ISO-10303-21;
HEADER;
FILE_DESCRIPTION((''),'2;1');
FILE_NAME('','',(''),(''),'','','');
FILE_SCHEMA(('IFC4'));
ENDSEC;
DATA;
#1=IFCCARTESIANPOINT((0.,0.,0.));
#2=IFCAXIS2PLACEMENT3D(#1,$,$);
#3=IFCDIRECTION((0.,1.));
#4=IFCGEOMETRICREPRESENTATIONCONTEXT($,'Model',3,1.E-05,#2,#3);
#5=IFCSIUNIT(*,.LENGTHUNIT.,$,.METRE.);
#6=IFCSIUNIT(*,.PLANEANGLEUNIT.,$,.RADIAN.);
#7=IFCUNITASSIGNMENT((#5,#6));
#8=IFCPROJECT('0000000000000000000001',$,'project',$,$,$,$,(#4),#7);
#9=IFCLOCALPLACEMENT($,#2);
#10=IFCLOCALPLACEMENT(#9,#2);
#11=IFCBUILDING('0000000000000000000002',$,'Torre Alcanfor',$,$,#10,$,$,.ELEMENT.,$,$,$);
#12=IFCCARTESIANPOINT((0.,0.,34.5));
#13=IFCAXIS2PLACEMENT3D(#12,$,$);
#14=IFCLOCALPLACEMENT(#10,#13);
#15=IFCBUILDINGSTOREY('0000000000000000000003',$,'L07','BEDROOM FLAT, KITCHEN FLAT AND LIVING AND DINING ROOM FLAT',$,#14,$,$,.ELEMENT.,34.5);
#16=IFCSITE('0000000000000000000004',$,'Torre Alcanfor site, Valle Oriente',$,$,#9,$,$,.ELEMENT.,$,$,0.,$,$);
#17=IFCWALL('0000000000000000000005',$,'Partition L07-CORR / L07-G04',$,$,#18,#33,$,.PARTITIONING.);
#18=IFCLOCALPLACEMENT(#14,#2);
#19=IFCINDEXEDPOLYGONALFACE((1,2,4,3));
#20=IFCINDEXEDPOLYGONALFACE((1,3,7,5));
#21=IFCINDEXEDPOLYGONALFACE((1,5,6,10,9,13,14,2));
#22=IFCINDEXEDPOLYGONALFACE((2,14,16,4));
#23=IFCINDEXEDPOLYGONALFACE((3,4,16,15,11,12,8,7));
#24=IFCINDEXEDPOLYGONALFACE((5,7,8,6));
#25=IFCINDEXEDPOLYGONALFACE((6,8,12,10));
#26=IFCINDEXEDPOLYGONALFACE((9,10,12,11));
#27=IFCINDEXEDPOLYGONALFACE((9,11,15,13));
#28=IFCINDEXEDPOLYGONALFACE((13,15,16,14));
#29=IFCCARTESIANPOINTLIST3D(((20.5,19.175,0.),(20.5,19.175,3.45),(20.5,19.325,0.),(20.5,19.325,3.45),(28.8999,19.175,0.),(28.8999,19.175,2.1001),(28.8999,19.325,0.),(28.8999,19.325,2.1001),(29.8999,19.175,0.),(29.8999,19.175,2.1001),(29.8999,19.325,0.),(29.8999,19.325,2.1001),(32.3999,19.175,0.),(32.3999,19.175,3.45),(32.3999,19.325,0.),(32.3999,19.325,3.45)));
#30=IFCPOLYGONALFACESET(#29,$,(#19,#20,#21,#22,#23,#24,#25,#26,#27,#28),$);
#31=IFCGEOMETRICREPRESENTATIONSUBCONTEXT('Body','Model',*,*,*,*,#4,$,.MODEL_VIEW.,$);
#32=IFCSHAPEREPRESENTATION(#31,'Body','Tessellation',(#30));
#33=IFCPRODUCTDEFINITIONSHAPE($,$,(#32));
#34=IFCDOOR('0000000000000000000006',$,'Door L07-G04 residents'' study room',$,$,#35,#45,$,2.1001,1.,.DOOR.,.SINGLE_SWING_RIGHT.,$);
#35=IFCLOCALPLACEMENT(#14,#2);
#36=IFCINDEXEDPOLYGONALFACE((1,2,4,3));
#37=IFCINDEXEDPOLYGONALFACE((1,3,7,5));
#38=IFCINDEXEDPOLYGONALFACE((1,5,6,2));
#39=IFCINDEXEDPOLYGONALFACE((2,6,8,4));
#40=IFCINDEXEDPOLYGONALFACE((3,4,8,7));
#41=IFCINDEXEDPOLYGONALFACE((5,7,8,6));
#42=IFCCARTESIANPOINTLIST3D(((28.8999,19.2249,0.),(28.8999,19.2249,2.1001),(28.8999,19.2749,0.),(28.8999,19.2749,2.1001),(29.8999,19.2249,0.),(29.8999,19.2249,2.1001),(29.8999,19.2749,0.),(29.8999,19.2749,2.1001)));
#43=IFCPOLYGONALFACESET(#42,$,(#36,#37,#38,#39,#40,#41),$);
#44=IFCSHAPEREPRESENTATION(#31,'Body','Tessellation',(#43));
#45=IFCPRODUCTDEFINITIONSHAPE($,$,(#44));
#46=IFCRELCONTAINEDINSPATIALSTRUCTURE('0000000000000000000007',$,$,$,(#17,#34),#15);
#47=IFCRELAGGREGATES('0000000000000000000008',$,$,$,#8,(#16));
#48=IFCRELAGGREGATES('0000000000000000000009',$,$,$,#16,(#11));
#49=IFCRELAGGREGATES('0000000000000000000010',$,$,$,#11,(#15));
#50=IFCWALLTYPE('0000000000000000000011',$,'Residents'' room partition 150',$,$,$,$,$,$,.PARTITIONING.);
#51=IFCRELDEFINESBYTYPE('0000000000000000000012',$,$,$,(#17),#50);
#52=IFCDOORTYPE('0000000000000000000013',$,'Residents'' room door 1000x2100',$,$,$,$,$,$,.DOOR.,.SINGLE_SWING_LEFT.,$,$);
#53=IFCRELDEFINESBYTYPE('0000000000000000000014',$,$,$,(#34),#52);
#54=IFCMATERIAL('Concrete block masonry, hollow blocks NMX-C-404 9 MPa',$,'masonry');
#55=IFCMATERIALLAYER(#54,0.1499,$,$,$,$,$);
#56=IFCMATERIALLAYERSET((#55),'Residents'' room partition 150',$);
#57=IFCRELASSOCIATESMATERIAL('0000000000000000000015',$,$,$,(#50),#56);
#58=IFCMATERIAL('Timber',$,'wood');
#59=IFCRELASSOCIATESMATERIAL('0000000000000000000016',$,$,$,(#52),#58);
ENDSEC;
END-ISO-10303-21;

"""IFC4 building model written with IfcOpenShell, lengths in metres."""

from ifc_helpers import new_model, si_unit, direction, frame, frame_2d, origin, place, context, subcontext, project, spatial, rectangle, extrude, material, layer, layer_set, type_object, element, fill, save


model = new_model("IFC4")

# Units and contexts
model_context = context("Model", 3, precision=1e-05, world=origin(), true_north=direction((0.0, 1.0)))
body_context = subcontext(model_context, "Body", "Model", "MODEL_VIEW")
ifc_project = project(units=[si_unit("LENGTHUNIT", "METRE"), si_unit("PLANEANGLEUNIT", "RADIAN")], contexts=[model_context])

# Site, building, storey
site_placement = place(None, origin())
site = spatial("IfcSite", under=ifc_project, at=site_placement, Name="Torre Alcanfor site, Valle Oriente", CompositionType="ELEMENT", RefElevation=0.0)
building_placement = place(site_placement, origin())
building = spatial("IfcBuilding", under=site, at=building_placement, Name="Torre Alcanfor", CompositionType="ELEMENT")
storey_placement = place(building_placement, frame((0.0, 0.0, 34.5)))
storey = spatial("IfcBuildingStorey", under=building, at=storey_placement, Name="L07", Description="BEDROOM FLAT, KITCHEN FLAT AND LIVING AND DINING ROOM FLAT", CompositionType="ELEMENT", Elevation=34.5)

# Shared definitions
ifc_material_1 = material(Name="Concrete block masonry, hollow blocks NMX-C-404 9 MPa", Category="masonry")
ifc_layer_1 = layer(ifc_material_1, 0.1499)
ifc_layer_set_1 = layer_set([ifc_layer_1], Name="Residents' room partition 150")
wall_type_1 = type_object("IfcWallType", Name="Residents' room partition 150", PredefinedType="PARTITIONING", material=ifc_layer_set_1)

# Wall, opening, door
wall_1_placement = place(storey_placement, frame((20.5, 19.25, 0.0), z_axis=(0.0, 0.0, 1.0), x_axis=(1.0, 0.0, 0.0)))
wall_1 = element("IfcWall", 1, at=wall_1_placement, inside=storey, type_object=wall_type_1, Name="Partition L07-CORR / L07-G04", PredefinedType="PARTITIONING", context=body_context, shape_type="SweptSolid", body=[
    extrude(rectangle(XDim=11.8999, YDim=0.1499, at=frame_2d((5.95, 0.0))), origin(), (0.0, 0.0, 1.0), 3.45),
])
opening_1_placement = place(wall_1_placement, frame((8.3999, 0.0, 0.0)))
opening_1 = element("IfcOpeningElement", 2, at=opening_1_placement, cuts=wall_1, PredefinedType="OPENING", context=body_context, shape_type="SweptSolid", body=[
    extrude(rectangle(XDim=1.0, YDim=2.1001, at=frame_2d((0.5, 1.05))), frame((0.0, 0.085, 0.0), z_axis=(0.0, -1.0, 0.0), x_axis=(1.0, 0.0, 0.0)), (0.0, 0.0, 1.0), 0.1699),
])
ifc_material_2 = material(Name="Timber", Category="wood")
door_type_1 = type_object("IfcDoorType", Name="Residents' room door 1000x2100", OperationType="SINGLE_SWING_LEFT", PredefinedType="DOOR", material=ifc_material_2)
door_1_placement = place(opening_1_placement, origin())
door_1 = element("IfcDoor", 3, at=door_1_placement, inside=storey, type_object=door_type_1, Name="Door L07-G04 residents' study room", OperationType="SINGLE_SWING_RIGHT", OverallHeight=2.1001, OverallWidth=1.0, PredefinedType="DOOR", context=body_context, shape_type="SweptSolid", body=[
    extrude(rectangle(XDim=1.0, YDim=2.1001, at=frame_2d((0.5, 1.05))), frame((0.0, 0.0249, 0.0), z_axis=(0.0, -1.0, 0.0), x_axis=(1.0, 0.0, 0.0)), (0.0, 0.0, 1.0), 0.05),
])
fill(opening_1, door_1)

save(model, "model.ifc")
